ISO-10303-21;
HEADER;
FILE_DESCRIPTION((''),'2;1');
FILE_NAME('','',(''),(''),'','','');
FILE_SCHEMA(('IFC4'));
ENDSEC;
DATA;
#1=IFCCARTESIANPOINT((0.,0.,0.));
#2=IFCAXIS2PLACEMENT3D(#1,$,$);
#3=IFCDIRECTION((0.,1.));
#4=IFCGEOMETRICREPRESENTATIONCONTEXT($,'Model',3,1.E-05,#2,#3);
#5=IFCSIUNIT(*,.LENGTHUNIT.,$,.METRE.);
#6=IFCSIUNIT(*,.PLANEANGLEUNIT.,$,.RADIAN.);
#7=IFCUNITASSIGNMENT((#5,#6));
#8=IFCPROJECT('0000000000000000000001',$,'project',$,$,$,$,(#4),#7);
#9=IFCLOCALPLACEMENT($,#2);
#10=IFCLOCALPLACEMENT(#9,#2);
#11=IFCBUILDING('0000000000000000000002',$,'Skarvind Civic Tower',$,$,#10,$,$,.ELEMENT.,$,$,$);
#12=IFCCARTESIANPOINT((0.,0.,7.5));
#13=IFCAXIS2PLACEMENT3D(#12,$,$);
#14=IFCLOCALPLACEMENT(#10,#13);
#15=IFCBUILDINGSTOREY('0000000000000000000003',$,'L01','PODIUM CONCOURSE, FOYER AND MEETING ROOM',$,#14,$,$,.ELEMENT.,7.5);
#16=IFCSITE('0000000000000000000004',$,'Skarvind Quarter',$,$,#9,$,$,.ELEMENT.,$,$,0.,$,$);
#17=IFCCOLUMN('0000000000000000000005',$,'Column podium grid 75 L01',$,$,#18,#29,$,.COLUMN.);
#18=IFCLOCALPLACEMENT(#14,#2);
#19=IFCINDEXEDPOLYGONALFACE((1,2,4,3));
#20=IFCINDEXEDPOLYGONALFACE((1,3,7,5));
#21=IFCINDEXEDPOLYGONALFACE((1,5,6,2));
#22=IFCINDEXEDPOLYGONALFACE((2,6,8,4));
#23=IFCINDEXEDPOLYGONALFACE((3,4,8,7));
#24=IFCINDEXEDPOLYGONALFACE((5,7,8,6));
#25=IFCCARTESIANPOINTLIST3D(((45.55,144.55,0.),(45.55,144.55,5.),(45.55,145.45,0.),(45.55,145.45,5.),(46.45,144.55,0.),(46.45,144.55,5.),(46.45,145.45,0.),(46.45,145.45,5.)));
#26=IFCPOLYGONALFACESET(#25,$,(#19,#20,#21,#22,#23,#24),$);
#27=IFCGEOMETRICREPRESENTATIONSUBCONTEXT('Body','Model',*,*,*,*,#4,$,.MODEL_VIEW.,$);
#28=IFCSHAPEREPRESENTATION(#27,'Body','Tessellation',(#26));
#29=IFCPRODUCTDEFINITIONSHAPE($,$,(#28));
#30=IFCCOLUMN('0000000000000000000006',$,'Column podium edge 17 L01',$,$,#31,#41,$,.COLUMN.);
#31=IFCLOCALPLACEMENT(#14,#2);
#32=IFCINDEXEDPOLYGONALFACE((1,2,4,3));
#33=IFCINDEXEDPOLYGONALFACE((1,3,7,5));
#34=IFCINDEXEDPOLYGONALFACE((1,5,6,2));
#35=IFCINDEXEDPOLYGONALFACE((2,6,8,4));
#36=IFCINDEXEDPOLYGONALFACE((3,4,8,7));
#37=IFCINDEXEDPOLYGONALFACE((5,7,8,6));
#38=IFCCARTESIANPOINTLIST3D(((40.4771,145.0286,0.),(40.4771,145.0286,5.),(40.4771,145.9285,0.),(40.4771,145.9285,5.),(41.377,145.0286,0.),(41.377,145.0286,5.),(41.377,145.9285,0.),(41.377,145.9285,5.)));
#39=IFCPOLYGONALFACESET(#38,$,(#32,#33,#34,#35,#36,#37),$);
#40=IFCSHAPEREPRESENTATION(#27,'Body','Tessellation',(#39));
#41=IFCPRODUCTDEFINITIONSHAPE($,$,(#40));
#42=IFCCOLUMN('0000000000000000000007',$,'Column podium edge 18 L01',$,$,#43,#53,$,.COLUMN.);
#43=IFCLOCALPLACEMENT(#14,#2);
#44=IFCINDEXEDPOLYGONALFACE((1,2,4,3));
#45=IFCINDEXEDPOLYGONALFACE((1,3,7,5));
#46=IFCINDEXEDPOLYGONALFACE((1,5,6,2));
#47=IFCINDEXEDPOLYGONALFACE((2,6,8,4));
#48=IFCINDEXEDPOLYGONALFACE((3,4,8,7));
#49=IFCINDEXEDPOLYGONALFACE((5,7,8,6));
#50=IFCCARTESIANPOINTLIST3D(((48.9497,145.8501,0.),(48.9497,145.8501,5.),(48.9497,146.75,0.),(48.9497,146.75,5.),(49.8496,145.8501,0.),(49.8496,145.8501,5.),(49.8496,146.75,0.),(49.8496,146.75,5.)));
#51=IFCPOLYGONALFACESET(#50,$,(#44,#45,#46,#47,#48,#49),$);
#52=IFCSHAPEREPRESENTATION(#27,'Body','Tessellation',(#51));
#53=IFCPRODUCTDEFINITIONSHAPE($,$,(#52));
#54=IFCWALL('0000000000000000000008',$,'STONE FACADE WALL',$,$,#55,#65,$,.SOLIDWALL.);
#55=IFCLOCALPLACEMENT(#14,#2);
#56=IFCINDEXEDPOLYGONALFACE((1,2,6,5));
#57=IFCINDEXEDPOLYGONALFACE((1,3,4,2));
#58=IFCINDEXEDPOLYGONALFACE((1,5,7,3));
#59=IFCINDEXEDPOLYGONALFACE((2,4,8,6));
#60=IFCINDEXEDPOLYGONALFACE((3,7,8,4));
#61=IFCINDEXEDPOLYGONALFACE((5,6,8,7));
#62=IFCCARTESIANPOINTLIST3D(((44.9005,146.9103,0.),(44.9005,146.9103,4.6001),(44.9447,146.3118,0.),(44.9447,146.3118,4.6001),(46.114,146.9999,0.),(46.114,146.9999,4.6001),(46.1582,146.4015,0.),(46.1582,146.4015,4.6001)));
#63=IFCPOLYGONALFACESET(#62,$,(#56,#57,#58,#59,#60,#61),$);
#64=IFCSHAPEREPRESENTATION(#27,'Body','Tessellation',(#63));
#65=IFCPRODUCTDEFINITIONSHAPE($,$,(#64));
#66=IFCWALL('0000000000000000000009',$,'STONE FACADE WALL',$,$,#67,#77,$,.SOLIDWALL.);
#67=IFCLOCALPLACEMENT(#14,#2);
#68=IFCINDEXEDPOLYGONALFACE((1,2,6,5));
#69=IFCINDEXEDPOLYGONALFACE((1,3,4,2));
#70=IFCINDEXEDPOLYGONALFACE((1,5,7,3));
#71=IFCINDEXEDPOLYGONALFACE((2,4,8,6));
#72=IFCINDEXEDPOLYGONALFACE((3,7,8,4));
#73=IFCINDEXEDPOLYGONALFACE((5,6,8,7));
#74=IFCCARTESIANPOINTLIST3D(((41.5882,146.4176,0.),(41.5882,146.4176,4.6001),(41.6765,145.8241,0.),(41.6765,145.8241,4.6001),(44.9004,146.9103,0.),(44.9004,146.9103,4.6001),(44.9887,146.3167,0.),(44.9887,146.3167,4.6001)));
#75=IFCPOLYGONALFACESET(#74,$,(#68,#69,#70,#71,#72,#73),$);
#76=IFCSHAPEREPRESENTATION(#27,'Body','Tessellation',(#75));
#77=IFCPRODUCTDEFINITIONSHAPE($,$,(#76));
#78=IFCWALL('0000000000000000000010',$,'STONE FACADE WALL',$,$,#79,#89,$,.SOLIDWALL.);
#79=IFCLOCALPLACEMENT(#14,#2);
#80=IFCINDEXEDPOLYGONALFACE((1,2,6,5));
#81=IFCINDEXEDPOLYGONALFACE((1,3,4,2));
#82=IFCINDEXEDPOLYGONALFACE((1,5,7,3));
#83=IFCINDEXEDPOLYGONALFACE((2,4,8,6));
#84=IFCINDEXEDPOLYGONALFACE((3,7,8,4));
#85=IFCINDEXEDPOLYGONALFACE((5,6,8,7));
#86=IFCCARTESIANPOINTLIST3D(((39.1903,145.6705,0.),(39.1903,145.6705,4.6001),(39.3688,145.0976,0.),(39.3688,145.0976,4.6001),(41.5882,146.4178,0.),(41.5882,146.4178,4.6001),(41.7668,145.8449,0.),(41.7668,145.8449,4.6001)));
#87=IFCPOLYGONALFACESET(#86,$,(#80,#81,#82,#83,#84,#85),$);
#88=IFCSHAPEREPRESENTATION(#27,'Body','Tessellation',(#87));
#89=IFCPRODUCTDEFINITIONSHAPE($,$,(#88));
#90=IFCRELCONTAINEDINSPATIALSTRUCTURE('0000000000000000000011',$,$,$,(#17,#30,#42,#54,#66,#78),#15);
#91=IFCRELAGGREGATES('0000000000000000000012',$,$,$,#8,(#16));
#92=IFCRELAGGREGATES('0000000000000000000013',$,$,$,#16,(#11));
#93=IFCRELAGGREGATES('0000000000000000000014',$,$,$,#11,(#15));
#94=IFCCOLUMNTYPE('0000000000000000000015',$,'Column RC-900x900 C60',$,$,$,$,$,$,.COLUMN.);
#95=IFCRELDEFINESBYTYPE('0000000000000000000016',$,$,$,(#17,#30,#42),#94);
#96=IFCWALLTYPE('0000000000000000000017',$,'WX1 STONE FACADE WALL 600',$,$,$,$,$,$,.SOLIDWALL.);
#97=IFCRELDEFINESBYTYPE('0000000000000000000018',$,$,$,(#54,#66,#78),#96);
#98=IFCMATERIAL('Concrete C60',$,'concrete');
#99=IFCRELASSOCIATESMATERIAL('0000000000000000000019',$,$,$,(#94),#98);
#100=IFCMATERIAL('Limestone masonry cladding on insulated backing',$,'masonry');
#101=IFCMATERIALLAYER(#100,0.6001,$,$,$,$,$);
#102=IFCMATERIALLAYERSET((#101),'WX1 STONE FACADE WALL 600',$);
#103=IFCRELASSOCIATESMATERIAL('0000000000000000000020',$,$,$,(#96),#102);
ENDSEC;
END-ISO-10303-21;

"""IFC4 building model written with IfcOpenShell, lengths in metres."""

from ifc_helpers import new_model, si_unit, direction, frame, frame_2d, origin, origin_2d, place, context, subcontext, project, spatial, rectangle, extrude, material, layer, layer_set, material_profile, profile_set, type_object, element, save


model = new_model("IFC4")

# Units and contexts
model_context = context("Model", 3, precision=1e-05, world=origin(), true_north=direction((0.0, 1.0)))
body_context = subcontext(model_context, "Body", "Model", "MODEL_VIEW")
ifc_project = project(units=[si_unit("LENGTHUNIT", "METRE"), si_unit("PLANEANGLEUNIT", "RADIAN")], contexts=[model_context])

# Site, building, storey
site_placement = place(None, origin())
site = spatial("IfcSite", under=ifc_project, at=site_placement, Name="Skarvind Quarter", CompositionType="ELEMENT", RefElevation=0.0)
building_placement = place(site_placement, origin())
building = spatial("IfcBuilding", under=site, at=building_placement, Name="Skarvind Civic Tower", CompositionType="ELEMENT")
storey_placement = place(building_placement, frame((0.0, 0.0, 7.5)))
storey = spatial("IfcBuildingStorey", under=building, at=storey_placement, Name="L01", Description="PODIUM CONCOURSE, FOYER AND MEETING ROOM", CompositionType="ELEMENT", Elevation=7.5)

# Columns
ifc_material_1 = material(Name="Concrete C60", Category="concrete")
ifc_material_profile = material_profile(ifc_material_1, rectangle(XDim=0.8999, YDim=0.8999, at=origin_2d()), Name="RC-900x900")
ifc_profile_set = profile_set([ifc_material_profile], Name="Concrete C60")
column_type = type_object("IfcColumnType", Name="Column RC-900x900 C60", PredefinedType="COLUMN", material=ifc_profile_set)
for number, where, z_axis, x_axis, name in (
    (1, (46.0, 145.0, 0.0), (0.0, 0.0, 1.0), (1.0, 0.0, 0.0), "Column podium grid 75 L01"),
    (2, (40.927, 145.4785, 0.0), (0.0, 0.0, 1.0), (1.0, 0.0, 0.0), "Column podium edge 17 L01"),
    (3, (49.3997, 146.3, 0.0), (0.0, 0.0, 1.0), (1.0, 0.0, 0.0), "Column podium edge 18 L01"),
):
    element("IfcColumn", number, at=place(storey_placement, frame(where, z_axis=z_axis, x_axis=x_axis)), inside=storey, type_object=column_type, Name=name, PredefinedType="COLUMN", context=body_context, shape_type="SweptSolid", body=[
        extrude(rectangle(XDim=0.8999, YDim=0.8999, at=origin_2d()), origin(), (0.0, 0.0, 1.0), 5.0),
    ])

# Shared definitions
ifc_material_2 = material(Name="Limestone masonry cladding on insulated backing", Category="masonry")
ifc_layer = layer(ifc_material_2, 0.6001)
ifc_layer_set = layer_set([ifc_layer], Name="WX1 STONE FACADE WALL 600")
wall_type = type_object("IfcWallType", Name="WX1 STONE FACADE WALL 600", PredefinedType="SOLIDWALL", material=ifc_layer_set)

# Walls
wall_1_placement = place(storey_placement, frame((44.9226, 146.6111, 0.0), z_axis=(0.0, 0.0, 1.0), x_axis=(0.997285, 0.073643, 0.0)))
element("IfcWall", 4, at=wall_1_placement, inside=storey, type_object=wall_type, Name="STONE FACADE WALL", PredefinedType="SOLIDWALL", context=body_context, shape_type="SweptSolid", body=[
    extrude(rectangle(XDim=1.2168, YDim=0.6001, at=frame_2d((0.6084, 0.0))), origin(), (0.0, 0.0, 1.0), 4.6001),
])
wall_2_placement = place(storey_placement, frame((41.6323, 146.1208, 0.0), z_axis=(0.0, 0.0, 1.0), x_axis=(0.989118, 0.147125, 0.0)))
element("IfcWall", 5, at=wall_2_placement, inside=storey, type_object=wall_type, Name="STONE FACADE WALL", PredefinedType="SOLIDWALL", context=body_context, shape_type="SweptSolid", body=[
    extrude(rectangle(XDim=3.3486, YDim=0.6001, at=frame_2d((1.6743, 0.0))), origin(), (0.0, 0.0, 1.0), 4.6001),
])
wall_3_placement = place(storey_placement, frame((39.2795, 145.384, 0.0), z_axis=(0.0, 0.0, 1.0), x_axis=(0.954711, 0.297533, 0.0)))
element("IfcWall", 6, at=wall_3_placement, inside=storey, type_object=wall_type, Name="STONE FACADE WALL", PredefinedType="SOLIDWALL", context=body_context, shape_type="SweptSolid", body=[
    extrude(rectangle(XDim=2.5117, YDim=0.6001, at=frame_2d((1.2559, 0.0))), origin(), (0.0, 0.0, 1.0), 4.6001),
])

save(model, "model.ifc")
